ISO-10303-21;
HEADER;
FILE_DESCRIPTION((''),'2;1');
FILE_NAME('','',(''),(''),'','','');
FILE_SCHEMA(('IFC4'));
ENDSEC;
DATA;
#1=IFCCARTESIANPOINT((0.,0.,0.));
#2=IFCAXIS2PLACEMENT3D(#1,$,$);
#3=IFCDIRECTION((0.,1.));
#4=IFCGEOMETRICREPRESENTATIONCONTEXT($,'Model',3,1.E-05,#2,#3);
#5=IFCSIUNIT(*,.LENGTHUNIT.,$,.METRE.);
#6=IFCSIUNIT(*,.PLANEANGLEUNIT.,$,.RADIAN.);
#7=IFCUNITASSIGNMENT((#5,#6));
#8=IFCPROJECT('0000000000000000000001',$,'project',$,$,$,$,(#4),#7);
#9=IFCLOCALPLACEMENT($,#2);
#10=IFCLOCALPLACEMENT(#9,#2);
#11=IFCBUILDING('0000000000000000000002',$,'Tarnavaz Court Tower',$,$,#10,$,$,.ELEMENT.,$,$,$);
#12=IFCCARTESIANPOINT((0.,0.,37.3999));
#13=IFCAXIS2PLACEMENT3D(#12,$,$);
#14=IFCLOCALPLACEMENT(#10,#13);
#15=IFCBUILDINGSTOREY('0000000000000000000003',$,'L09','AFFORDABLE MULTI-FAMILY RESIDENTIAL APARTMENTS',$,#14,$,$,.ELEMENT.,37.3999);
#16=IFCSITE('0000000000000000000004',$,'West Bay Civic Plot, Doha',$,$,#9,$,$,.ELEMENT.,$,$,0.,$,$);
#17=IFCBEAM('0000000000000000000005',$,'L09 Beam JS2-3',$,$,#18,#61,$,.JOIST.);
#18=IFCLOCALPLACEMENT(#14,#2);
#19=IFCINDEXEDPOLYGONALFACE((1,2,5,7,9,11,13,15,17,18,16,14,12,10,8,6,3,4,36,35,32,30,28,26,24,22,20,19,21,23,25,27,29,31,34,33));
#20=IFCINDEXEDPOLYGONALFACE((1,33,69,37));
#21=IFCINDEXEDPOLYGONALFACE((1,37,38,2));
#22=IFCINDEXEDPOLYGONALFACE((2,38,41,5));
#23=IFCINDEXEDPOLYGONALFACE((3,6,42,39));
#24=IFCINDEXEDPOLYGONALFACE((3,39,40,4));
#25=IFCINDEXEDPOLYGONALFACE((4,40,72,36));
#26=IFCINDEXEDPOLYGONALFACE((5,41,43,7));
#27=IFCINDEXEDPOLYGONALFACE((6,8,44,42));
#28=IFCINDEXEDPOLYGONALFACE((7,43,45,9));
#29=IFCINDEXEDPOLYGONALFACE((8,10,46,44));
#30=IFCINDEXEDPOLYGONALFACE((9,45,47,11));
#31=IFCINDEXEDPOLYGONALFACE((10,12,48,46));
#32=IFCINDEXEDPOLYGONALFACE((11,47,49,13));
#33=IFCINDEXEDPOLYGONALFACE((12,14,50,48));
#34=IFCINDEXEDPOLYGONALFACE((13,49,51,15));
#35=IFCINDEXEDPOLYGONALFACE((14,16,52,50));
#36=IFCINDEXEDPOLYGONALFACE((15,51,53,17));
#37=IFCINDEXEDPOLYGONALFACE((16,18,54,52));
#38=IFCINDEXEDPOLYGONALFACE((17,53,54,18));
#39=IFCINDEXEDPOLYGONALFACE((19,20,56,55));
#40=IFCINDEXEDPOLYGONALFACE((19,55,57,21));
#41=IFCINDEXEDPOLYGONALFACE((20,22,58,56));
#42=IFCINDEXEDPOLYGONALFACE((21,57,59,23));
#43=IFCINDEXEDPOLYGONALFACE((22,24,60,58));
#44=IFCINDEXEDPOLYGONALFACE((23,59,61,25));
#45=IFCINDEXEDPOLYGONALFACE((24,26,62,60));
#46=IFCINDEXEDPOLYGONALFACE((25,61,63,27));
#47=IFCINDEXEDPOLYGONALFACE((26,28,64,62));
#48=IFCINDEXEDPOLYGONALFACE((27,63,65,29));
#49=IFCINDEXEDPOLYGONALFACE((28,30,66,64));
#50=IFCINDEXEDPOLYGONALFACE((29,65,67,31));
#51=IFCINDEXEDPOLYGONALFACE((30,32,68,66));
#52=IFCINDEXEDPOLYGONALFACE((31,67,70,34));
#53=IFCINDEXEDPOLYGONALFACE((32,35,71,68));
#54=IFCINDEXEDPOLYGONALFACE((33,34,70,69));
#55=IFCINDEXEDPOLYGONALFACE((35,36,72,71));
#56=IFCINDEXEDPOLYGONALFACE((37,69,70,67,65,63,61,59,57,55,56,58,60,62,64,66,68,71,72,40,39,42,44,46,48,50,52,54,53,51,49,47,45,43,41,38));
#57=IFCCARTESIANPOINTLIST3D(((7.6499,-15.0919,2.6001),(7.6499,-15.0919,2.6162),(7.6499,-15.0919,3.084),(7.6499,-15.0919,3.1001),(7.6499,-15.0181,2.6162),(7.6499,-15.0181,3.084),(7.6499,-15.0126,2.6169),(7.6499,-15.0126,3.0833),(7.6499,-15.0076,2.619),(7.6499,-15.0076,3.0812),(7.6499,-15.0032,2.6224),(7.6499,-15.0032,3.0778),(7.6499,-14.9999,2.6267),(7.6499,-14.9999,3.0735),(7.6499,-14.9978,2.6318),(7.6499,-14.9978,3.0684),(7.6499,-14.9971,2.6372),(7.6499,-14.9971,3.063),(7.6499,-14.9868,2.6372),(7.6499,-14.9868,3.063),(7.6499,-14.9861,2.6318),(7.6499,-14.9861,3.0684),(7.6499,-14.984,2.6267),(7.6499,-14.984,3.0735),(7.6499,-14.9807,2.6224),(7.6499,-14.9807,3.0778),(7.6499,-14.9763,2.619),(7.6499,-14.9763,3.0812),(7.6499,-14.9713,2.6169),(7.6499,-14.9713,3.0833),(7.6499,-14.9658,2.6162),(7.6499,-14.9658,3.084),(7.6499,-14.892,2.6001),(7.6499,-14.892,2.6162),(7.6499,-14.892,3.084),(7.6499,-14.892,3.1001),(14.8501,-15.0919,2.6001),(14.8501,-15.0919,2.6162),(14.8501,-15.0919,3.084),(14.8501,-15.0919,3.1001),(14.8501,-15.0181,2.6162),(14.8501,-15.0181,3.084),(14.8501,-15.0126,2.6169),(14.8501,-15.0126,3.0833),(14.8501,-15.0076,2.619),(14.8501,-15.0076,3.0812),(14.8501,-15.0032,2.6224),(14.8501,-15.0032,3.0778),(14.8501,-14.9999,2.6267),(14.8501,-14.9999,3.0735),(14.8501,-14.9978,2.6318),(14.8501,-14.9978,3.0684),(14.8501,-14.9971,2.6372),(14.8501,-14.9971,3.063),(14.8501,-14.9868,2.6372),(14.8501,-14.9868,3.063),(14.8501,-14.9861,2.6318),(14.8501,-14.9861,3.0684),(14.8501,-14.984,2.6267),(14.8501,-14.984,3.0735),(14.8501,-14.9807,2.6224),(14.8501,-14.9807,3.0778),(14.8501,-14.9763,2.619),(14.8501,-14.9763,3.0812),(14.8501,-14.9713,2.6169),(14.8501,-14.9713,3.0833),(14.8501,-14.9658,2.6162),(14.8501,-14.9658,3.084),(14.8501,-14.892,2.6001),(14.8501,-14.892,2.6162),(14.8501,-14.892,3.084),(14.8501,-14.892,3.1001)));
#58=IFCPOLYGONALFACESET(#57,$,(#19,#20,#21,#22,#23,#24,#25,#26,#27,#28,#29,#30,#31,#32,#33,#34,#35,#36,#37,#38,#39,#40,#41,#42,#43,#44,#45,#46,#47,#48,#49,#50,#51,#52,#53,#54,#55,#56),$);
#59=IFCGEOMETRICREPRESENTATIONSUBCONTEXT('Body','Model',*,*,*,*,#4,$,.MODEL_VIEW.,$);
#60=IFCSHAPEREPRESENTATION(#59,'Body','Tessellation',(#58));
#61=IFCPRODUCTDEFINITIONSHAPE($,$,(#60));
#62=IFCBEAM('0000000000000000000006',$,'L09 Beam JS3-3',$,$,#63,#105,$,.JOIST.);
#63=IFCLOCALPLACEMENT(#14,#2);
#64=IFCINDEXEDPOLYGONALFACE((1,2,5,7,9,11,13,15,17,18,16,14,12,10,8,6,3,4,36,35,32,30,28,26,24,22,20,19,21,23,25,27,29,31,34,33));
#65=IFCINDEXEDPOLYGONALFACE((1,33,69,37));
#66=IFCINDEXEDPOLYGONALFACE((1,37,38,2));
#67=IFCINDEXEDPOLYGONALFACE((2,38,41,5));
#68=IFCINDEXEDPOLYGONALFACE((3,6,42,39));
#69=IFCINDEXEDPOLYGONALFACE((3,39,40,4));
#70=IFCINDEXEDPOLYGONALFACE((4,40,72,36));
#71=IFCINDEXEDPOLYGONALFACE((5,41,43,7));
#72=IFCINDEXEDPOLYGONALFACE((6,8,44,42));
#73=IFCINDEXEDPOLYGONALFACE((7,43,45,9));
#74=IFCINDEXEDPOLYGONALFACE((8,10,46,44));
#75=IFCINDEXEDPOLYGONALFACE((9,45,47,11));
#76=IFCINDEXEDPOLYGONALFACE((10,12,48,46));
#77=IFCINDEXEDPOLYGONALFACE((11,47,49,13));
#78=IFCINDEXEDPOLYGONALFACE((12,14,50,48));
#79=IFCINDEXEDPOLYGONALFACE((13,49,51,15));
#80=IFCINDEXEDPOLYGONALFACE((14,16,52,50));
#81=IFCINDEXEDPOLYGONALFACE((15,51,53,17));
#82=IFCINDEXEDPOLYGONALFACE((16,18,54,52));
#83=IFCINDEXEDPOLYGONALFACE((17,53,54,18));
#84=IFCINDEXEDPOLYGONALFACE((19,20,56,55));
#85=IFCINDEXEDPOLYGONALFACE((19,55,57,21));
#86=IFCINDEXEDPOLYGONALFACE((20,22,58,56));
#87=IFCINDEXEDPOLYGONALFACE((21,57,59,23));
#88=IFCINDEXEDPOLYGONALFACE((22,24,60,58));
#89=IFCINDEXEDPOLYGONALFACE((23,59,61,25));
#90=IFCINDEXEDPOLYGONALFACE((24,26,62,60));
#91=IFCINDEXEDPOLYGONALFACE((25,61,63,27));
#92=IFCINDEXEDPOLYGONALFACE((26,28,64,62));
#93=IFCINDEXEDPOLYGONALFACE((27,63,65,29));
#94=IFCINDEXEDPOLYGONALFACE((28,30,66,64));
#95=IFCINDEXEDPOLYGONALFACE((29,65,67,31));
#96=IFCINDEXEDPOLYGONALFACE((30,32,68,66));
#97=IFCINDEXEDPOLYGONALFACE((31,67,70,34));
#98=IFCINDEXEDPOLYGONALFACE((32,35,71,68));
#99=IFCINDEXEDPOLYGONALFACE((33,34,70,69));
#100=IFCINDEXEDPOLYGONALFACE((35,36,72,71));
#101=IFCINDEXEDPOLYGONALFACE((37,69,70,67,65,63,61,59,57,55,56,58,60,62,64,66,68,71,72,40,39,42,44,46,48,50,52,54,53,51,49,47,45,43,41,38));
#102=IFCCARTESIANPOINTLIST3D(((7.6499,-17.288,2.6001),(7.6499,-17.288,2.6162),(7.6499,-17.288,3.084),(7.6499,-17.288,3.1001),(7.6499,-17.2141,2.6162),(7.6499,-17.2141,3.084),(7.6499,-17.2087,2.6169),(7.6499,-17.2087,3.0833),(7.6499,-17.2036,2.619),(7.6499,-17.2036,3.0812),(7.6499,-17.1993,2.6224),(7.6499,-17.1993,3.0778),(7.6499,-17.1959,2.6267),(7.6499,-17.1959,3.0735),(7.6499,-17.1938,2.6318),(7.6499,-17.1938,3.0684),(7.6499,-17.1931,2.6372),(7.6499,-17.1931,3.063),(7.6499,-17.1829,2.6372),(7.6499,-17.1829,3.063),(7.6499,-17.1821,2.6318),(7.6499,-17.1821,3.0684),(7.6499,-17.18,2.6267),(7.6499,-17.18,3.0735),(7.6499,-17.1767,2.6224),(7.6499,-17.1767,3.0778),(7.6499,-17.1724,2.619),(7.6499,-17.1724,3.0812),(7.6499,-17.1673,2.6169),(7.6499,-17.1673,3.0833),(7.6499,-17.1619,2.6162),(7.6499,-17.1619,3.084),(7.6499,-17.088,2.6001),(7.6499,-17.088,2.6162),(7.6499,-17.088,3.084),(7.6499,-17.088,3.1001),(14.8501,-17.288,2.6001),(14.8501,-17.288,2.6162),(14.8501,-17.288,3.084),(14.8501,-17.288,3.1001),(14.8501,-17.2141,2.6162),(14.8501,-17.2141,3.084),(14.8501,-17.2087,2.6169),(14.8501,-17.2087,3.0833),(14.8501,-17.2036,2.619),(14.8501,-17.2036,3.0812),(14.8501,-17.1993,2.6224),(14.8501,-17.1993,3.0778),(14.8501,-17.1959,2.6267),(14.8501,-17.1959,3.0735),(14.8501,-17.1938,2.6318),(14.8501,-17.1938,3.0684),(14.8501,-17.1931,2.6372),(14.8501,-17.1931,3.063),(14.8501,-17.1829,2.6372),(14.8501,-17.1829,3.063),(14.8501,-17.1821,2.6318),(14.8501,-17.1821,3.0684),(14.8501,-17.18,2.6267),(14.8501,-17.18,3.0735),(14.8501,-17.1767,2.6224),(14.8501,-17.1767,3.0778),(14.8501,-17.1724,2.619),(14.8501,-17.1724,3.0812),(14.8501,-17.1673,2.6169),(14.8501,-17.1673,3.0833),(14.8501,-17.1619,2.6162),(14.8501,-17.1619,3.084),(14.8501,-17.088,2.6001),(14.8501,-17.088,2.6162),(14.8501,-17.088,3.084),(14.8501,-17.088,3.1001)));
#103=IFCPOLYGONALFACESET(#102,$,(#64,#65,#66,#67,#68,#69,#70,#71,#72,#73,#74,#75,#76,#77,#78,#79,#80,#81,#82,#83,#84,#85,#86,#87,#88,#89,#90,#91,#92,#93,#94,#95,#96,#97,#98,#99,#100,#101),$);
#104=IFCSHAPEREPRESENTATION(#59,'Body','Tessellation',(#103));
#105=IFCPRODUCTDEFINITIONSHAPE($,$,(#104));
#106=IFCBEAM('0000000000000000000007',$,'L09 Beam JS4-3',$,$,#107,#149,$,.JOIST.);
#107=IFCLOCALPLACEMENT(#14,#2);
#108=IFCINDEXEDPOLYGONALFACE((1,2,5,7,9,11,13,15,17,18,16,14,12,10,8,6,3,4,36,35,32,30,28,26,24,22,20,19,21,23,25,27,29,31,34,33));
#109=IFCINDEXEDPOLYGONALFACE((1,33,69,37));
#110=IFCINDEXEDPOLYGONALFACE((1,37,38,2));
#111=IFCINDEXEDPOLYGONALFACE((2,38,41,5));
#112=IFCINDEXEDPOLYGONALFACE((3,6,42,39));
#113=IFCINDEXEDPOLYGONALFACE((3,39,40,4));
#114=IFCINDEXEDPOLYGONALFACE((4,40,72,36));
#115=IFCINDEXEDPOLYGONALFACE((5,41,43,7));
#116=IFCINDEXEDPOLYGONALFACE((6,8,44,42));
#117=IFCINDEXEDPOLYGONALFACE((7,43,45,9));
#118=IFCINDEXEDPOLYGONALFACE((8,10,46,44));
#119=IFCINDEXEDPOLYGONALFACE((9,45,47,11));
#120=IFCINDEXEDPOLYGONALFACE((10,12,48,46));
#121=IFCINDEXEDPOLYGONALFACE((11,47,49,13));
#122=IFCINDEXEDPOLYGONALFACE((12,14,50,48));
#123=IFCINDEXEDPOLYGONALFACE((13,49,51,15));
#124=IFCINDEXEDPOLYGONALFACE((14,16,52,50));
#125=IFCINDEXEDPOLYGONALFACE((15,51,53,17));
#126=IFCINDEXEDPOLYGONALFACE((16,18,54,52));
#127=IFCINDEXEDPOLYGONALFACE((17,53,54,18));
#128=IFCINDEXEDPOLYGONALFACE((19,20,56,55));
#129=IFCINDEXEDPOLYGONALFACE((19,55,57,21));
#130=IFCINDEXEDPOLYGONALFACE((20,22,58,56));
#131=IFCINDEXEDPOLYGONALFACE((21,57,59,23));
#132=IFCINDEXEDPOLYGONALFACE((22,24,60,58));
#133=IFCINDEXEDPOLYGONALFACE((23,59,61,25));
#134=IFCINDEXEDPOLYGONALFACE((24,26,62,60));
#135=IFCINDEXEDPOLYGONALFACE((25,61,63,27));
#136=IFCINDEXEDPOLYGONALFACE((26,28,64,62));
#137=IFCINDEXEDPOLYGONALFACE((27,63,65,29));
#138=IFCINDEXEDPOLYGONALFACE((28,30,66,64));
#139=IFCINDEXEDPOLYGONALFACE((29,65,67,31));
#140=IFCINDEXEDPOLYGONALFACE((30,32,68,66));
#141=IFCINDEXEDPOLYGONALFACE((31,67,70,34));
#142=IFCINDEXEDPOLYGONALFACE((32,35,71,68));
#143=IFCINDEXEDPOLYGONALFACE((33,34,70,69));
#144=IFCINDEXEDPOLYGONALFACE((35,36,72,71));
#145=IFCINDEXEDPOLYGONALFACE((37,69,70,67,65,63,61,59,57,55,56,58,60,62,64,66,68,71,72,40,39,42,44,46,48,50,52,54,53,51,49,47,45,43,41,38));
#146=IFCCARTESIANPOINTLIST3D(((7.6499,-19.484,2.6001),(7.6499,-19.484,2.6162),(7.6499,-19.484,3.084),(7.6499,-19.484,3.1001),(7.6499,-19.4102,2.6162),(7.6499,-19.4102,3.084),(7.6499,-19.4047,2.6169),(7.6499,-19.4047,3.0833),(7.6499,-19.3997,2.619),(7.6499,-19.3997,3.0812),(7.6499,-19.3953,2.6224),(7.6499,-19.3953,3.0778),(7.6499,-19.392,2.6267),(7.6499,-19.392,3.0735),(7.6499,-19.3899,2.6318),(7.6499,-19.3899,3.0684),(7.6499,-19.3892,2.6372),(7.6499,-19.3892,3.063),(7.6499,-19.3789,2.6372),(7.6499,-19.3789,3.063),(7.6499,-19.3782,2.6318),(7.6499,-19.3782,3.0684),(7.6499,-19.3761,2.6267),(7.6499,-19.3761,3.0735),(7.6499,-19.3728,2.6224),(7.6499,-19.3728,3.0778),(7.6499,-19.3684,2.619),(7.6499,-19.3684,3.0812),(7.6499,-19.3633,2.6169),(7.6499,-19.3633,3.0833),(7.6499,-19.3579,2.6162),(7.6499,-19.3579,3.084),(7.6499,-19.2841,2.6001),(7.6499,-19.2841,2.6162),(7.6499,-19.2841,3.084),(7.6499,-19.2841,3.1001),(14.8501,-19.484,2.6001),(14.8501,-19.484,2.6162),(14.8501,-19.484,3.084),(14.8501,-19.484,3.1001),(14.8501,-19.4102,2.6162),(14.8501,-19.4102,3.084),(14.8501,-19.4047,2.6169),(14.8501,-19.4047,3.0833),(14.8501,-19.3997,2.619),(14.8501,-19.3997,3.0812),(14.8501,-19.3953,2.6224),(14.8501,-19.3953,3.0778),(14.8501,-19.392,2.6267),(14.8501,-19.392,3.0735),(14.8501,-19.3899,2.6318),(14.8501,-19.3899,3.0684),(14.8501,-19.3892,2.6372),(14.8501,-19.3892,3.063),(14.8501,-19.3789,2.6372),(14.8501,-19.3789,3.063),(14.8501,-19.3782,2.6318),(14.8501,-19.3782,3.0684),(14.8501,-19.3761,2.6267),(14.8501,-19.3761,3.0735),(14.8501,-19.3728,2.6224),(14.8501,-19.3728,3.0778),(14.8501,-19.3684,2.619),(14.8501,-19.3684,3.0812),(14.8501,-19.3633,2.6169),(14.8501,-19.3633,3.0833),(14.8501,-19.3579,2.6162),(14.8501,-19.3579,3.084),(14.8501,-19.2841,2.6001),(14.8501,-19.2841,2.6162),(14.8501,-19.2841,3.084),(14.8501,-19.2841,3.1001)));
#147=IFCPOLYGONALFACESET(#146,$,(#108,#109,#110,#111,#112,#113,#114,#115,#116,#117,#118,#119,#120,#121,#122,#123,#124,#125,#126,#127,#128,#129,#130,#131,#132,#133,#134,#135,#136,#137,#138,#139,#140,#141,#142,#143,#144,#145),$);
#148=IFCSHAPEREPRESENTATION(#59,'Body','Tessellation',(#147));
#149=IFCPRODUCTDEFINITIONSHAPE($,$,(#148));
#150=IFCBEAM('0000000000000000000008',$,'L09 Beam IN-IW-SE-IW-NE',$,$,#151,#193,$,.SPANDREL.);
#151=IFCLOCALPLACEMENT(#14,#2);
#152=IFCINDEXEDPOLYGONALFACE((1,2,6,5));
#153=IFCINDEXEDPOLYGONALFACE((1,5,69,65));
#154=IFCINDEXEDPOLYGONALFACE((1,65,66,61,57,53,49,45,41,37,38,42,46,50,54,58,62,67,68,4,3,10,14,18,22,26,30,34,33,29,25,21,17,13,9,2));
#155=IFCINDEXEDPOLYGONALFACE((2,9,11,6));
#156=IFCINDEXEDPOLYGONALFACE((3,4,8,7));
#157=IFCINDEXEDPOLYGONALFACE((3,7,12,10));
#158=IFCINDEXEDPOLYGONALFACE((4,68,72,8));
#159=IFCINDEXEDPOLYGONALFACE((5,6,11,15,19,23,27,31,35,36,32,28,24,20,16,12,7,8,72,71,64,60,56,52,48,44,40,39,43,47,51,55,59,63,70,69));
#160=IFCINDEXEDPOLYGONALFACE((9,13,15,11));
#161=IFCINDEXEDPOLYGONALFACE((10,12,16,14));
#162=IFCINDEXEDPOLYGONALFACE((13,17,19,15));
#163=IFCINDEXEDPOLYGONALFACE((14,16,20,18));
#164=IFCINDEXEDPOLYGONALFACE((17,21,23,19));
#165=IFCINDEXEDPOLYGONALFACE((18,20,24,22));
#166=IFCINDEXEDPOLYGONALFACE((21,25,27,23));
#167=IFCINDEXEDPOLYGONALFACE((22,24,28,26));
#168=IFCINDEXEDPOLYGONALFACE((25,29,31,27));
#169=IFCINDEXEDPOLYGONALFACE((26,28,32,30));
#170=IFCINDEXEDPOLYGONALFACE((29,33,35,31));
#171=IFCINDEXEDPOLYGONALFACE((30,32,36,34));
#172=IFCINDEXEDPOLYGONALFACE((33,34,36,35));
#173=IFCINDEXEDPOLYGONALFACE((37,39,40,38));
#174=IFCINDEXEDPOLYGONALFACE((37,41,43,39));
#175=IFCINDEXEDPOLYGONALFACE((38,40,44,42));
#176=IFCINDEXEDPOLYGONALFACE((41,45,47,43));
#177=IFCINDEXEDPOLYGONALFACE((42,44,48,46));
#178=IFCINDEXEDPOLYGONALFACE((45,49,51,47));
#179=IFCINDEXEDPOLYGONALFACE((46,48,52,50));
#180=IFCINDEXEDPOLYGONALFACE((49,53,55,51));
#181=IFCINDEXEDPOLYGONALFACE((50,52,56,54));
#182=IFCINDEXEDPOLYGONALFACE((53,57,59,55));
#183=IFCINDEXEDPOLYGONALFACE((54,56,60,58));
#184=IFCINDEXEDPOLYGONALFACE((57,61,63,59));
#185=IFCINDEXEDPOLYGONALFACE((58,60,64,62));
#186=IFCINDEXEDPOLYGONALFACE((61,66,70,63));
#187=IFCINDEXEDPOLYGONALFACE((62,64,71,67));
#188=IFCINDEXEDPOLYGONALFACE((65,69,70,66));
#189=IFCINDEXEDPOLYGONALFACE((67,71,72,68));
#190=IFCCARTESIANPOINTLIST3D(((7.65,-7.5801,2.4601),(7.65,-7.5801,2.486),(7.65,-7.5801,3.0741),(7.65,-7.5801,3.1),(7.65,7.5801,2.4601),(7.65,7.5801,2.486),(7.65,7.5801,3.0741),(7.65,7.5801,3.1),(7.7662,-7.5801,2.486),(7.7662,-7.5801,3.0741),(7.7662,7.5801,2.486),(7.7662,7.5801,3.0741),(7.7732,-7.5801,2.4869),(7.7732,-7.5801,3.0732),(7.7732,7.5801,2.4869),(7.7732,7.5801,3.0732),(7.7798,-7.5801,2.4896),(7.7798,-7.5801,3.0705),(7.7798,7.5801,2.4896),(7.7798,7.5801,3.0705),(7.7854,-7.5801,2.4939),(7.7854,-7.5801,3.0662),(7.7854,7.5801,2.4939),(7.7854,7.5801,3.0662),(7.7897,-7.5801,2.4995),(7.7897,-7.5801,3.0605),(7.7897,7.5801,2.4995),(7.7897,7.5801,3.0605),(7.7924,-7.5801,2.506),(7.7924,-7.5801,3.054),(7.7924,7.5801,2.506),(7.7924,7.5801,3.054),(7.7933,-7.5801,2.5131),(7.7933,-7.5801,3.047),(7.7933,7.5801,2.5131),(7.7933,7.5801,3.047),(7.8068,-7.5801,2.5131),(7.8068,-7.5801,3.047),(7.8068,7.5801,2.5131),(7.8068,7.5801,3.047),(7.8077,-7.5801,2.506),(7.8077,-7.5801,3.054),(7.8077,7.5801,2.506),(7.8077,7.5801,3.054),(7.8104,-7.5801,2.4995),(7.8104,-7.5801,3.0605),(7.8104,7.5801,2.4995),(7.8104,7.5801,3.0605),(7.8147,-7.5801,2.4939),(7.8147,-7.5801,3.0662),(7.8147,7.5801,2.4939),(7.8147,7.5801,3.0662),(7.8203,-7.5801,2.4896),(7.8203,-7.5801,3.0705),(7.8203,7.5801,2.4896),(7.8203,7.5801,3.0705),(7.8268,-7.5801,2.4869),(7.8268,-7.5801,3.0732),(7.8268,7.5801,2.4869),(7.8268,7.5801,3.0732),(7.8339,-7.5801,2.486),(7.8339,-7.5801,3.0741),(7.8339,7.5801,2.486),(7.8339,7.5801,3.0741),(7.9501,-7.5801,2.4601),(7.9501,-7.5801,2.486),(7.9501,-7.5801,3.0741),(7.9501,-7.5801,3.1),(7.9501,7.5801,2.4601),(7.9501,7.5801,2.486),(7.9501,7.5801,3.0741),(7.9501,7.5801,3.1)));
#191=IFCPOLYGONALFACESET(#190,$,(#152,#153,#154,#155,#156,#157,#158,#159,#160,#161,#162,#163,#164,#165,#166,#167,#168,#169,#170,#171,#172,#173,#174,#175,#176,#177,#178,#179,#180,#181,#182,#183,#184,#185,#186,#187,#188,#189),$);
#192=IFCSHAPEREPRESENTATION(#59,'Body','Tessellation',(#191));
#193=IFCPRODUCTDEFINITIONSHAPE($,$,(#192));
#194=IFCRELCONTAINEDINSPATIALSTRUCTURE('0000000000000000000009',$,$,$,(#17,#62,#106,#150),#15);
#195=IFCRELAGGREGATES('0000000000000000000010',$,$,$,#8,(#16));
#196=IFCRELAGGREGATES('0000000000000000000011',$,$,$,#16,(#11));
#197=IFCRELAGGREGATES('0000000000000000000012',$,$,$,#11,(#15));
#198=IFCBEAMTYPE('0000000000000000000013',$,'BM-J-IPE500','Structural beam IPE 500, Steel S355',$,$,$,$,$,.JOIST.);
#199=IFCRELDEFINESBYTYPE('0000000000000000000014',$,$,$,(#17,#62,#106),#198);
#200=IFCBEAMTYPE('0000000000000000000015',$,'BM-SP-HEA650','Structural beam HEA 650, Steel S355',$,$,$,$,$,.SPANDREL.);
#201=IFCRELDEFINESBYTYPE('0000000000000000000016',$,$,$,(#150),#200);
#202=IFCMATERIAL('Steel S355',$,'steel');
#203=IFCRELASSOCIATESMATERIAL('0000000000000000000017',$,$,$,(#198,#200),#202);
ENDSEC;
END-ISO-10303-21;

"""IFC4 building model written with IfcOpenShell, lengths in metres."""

from ifc_helpers import new_model, si_unit, direction, frame, origin, origin_2d, place, context, subcontext, project, spatial, i_section, extrude, material, material_profile, profile_set, type_object, element, save


model = new_model("IFC4")

# Units and contexts
model_context = context("Model", 3, precision=1e-05, world=origin(), true_north=direction((0.0, 1.0)))
body_context = subcontext(model_context, "Body", "Model", "MODEL_VIEW")
ifc_project = project(units=[si_unit("LENGTHUNIT", "METRE"), si_unit("PLANEANGLEUNIT", "RADIAN")], contexts=[model_context])

# Site, building, storey
site_placement = place(None, origin())
site = spatial("IfcSite", under=ifc_project, at=site_placement, Name="West Bay Civic Plot, Doha", CompositionType="ELEMENT", RefElevation=0.0)
building_placement = place(site_placement, origin())
building = spatial("IfcBuilding", under=site, at=building_placement, Name="Tarnavaz Court Tower", CompositionType="ELEMENT")
storey_placement = place(building_placement, frame((0.0, 0.0, 37.3999)))
storey = spatial("IfcBuildingStorey", under=building, at=storey_placement, Name="L09", Description="AFFORDABLE MULTI-FAMILY RESIDENTIAL APARTMENTS", CompositionType="ELEMENT", Elevation=37.3999)

# Beams
ifc_material_1 = material(Name="Steel S355", Category="steel")
ifc_material_profile_1 = material_profile(ifc_material_1, i_section(OverallWidth=0.2, OverallDepth=0.5, WebThickness=0.0103, FlangeThickness=0.0161, FilletRadius=0.021, at=origin_2d()), Name="IPE 500")
ifc_profile_set_1 = profile_set([ifc_material_profile_1], Name="Steel S355")
beam_type_1 = type_object("IfcBeamType", Name="BM-J-IPE500", Description="Structural beam IPE 500, Steel S355", PredefinedType="JOIST", material=ifc_profile_set_1)
for number, where, z_axis, x_axis, name in (
    (1, (7.6499, -14.9919, 2.8501), (1.0, 0.0, 0.0), (0.0, 1.0, 0.0), "L09 Beam JS2-3"),
    (2, (7.6499, -17.188, 2.8501), (1.0, 0.0, 0.0), (0.0, 1.0, 0.0), "L09 Beam JS3-3"),
    (3, (7.6499, -19.384, 2.8501), (1.0, 0.0, 0.0), (0.0, 1.0, 0.0), "L09 Beam JS4-3"),
):
    element("IfcBeam", number, at=place(storey_placement, frame(where, z_axis=z_axis, x_axis=x_axis)), inside=storey, type_object=beam_type_1, Name=name, PredefinedType="JOIST", context=body_context, shape_type="SweptSolid", body=[
        extrude(i_section(OverallWidth=0.2, OverallDepth=0.5, WebThickness=0.0103, FlangeThickness=0.0161, FilletRadius=0.021, at=origin_2d()), origin(), (0.0, 0.0, 1.0), 7.2002),
    ])
ifc_material_profile_2 = material_profile(ifc_material_1, i_section(OverallWidth=0.3, OverallDepth=0.6399, WebThickness=0.0134, FlangeThickness=0.0259, FilletRadius=0.0271, at=origin_2d()), Name="HEA 650")
ifc_profile_set_2 = profile_set([ifc_material_profile_2], Name="Steel S355")
beam_type_2 = type_object("IfcBeamType", Name="BM-SP-HEA650", Description="Structural beam HEA 650, Steel S355", PredefinedType="SPANDREL", material=ifc_profile_set_2)
beam_1_placement = place(storey_placement, frame((7.8, -7.5801, 2.78), z_axis=(0.0, 1.0, 0.0), x_axis=(-1.0, 0.0, 0.0)))
element("IfcBeam", 4, at=beam_1_placement, inside=storey, type_object=beam_type_2, Name="L09 Beam IN-IW-SE-IW-NE", PredefinedType="SPANDREL", context=body_context, shape_type="SweptSolid", body=[
    extrude(i_section(OverallWidth=0.3, OverallDepth=0.6399, WebThickness=0.0134, FlangeThickness=0.0259, FilletRadius=0.0271, at=origin_2d()), origin(), (0.0, 0.0, 1.0), 15.1602),
])

save(model, "model.ifc")
